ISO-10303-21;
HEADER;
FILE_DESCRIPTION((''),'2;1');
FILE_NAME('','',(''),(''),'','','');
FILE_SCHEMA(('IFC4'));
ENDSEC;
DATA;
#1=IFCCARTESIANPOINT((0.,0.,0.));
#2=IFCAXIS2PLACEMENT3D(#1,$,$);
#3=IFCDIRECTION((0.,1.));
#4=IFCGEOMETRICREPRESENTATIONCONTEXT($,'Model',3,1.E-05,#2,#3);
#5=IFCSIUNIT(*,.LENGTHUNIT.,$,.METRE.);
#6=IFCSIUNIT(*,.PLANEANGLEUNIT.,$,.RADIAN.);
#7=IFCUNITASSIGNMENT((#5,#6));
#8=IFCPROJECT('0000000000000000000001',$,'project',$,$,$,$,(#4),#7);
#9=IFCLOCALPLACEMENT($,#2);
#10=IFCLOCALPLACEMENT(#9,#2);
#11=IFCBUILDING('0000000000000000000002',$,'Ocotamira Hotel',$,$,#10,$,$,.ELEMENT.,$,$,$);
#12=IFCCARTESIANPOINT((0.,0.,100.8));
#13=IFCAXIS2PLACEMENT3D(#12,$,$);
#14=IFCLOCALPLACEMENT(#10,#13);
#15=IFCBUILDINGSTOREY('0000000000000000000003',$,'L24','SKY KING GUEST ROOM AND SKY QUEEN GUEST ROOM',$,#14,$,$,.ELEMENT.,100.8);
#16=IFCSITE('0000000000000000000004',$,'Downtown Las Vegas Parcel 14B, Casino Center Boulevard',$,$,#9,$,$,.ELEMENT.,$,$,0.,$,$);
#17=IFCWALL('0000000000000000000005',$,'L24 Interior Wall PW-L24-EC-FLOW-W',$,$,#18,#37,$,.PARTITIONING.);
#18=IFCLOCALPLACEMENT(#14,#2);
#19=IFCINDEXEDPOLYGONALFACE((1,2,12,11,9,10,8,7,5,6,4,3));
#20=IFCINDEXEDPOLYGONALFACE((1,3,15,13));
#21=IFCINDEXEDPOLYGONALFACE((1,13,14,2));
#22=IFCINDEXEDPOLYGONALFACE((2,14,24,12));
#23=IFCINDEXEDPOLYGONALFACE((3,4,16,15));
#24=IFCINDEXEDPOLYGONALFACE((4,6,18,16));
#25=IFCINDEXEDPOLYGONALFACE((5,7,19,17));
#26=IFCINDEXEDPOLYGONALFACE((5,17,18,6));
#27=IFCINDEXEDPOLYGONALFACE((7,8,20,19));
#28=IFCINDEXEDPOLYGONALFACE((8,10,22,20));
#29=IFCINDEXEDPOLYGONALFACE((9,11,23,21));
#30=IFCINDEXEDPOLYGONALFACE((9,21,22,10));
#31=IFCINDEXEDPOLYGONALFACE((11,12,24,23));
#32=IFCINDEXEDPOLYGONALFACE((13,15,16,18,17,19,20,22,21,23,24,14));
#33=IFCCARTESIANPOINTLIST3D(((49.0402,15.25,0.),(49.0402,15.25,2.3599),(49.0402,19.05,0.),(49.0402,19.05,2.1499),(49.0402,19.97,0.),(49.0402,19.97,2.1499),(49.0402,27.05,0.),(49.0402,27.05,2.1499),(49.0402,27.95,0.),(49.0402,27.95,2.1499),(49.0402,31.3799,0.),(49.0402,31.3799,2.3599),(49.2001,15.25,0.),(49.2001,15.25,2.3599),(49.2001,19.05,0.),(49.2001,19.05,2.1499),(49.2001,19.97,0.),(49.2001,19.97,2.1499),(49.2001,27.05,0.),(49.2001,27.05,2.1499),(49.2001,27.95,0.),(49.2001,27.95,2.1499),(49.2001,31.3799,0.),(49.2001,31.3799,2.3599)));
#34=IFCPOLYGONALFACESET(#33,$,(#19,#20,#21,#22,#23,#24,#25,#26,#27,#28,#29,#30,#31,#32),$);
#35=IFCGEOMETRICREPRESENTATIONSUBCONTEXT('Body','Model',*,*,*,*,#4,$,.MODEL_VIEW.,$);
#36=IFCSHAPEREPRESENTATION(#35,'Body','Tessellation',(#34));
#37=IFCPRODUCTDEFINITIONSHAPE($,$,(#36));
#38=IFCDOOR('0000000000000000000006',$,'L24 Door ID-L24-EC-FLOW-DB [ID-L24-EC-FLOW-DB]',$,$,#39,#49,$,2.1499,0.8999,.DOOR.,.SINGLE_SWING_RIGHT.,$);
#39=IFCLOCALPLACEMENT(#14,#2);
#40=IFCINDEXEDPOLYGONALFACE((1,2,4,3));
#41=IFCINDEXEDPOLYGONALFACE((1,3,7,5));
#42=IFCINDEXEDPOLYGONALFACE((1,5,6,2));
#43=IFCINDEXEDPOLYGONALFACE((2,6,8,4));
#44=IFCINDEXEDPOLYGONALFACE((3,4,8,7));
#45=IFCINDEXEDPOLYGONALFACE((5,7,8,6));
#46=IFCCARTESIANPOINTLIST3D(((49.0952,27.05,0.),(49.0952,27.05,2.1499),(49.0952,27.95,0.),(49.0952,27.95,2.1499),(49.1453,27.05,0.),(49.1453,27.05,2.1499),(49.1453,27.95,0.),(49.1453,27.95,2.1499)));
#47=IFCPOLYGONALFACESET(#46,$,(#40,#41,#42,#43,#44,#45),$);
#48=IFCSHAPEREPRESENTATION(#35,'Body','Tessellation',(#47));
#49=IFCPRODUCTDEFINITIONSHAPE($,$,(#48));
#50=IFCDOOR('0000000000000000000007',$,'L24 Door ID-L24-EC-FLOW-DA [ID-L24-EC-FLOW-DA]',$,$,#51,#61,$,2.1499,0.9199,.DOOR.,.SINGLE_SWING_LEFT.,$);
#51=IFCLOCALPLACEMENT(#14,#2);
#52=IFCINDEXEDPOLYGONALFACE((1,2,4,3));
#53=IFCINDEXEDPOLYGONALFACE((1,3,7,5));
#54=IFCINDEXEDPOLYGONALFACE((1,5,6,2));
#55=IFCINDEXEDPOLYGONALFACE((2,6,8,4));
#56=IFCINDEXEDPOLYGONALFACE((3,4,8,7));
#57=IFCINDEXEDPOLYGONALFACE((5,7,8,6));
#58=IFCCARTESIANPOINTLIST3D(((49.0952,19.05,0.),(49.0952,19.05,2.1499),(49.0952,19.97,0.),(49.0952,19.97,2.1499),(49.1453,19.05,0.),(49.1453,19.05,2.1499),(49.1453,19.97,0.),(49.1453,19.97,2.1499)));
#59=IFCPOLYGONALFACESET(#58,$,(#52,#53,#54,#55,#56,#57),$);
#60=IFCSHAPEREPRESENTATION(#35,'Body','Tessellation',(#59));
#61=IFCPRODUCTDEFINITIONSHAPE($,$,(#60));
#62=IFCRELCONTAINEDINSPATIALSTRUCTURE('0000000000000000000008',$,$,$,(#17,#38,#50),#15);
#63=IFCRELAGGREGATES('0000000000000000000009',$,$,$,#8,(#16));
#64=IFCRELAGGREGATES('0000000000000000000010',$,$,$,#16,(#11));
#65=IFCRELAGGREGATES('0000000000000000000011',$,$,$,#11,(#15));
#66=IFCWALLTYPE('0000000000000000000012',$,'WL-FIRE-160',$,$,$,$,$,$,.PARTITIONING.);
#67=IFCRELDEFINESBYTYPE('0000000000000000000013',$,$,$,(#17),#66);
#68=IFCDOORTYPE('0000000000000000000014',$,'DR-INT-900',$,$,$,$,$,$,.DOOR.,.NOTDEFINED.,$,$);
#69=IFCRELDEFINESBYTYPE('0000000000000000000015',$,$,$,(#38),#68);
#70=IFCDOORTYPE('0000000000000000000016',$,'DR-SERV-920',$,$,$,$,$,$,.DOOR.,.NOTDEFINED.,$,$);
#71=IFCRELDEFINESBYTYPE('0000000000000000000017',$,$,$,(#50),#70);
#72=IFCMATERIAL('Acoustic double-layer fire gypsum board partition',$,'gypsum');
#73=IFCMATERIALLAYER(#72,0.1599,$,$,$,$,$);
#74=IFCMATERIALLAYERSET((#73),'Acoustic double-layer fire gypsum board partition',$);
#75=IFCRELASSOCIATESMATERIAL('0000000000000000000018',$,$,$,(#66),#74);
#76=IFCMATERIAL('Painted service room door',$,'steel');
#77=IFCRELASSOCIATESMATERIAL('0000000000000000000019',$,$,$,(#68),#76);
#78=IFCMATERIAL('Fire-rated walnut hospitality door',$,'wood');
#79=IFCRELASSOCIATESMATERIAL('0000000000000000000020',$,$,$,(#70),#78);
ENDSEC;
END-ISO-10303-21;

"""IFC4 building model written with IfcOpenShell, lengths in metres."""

from ifc_helpers import new_model, si_unit, direction, frame, frame_2d, origin, place, context, subcontext, project, spatial, rectangle, extrude, source, transform, mapped, material, layer, layer_set, type_object, element, fill, save


model = new_model("IFC4")

# Units and contexts
model_context = context("Model", 3, precision=1e-05, world=origin(), true_north=direction((0.0, 1.0)))
body_context = subcontext(model_context, "Body", "Model", "MODEL_VIEW")
ifc_project = project(units=[si_unit("LENGTHUNIT", "METRE"), si_unit("PLANEANGLEUNIT", "RADIAN")], contexts=[model_context])

# Site, building, storey
site_placement = place(None, origin())
site = spatial("IfcSite", under=ifc_project, at=site_placement, Name="Downtown Las Vegas Parcel 14B, Casino Center Boulevard", CompositionType="ELEMENT", RefElevation=0.0)
building_placement = place(site_placement, origin())
building = spatial("IfcBuilding", under=site, at=building_placement, Name="Ocotamira Hotel", CompositionType="ELEMENT")
storey_placement = place(building_placement, frame((0.0, 0.0, 100.8)))
storey = spatial("IfcBuildingStorey", under=building, at=storey_placement, Name="L24", Description="SKY KING GUEST ROOM AND SKY QUEEN GUEST ROOM", CompositionType="ELEMENT", Elevation=100.8)

# Wall, openings, doors
ifc_material_1 = material(Name="Acoustic double-layer fire gypsum board partition", Category="gypsum")
ifc_layer_1 = layer(ifc_material_1, 0.1599)
ifc_layer_set_1 = layer_set([ifc_layer_1], Name="Acoustic double-layer fire gypsum board partition")
wall_type_1 = type_object("IfcWallType", Name="WL-FIRE-160", PredefinedType="PARTITIONING", material=ifc_layer_set_1)
wall_1_placement = place(storey_placement, frame((49.1201, 15.25, 0.0), z_axis=(0.0, 0.0, 1.0), x_axis=(0.0, 1.0, 0.0)))
wall_1 = element("IfcWall", 1, at=wall_1_placement, inside=storey, type_object=wall_type_1, Name="L24 Interior Wall PW-L24-EC-FLOW-W", PredefinedType="PARTITIONING", context=body_context, shape_type="SweptSolid", body=[
    extrude(rectangle(XDim=16.1299, YDim=0.1599, at=frame_2d((8.0649, 0.0))), origin(), (0.0, 0.0, 1.0), 2.3599),
])
opening_1_placement = place(wall_1_placement, frame((3.8, 0.0, 0.0)))
opening_1 = element("IfcOpeningElement", 2, at=opening_1_placement, cuts=wall_1, PredefinedType="OPENING", context=body_context, shape_type="SweptSolid", body=[
    extrude(rectangle(XDim=0.9199, YDim=2.1499, at=frame_2d((0.46, 1.075))), frame((0.0, 0.0898, 0.0), z_axis=(0.0, -1.0, 0.0), x_axis=(1.0, 0.0, 0.0)), (0.0, 0.0, 1.0), 0.1799),
])
opening_2_placement = place(wall_1_placement, frame((11.8, 0.0, 0.0)))
opening_2 = element("IfcOpeningElement", 3, at=opening_2_placement, cuts=wall_1, PredefinedType="OPENING", context=body_context, shape_type="SweptSolid", body=[
    extrude(rectangle(XDim=0.8999, YDim=2.1499, at=frame_2d((0.45, 1.075))), frame((0.0, 0.0898, 0.0), z_axis=(0.0, -1.0, 0.0), x_axis=(1.0, 0.0, 0.0)), (0.0, 0.0, 1.0), 0.1799),
])
ifc_material_2 = material(Name="Painted service room door", Category="steel")
door_type_1 = type_object("IfcDoorType", Name="DR-INT-900", OperationType="NOTDEFINED", PredefinedType="DOOR", material=ifc_material_2)
shared_shape_1 = source(origin(), body_context, "Body", "SweptSolid", [
    extrude(rectangle(XDim=0.8999, YDim=2.1499, at=frame_2d((0.45, 1.075))), frame((0.0, 0.0249, 0.0), z_axis=(0.0, -1.0, 0.0), x_axis=(1.0, 0.0, 0.0)), (0.0, 0.0, 1.0), 0.05),
])
door_1_placement = place(opening_2_placement, origin())
door_1 = element("IfcDoor", 4, at=door_1_placement, inside=storey, type_object=door_type_1, Name="L24 Door ID-L24-EC-FLOW-DB [ID-L24-EC-FLOW-DB]", OperationType="SINGLE_SWING_RIGHT", OverallHeight=2.1499, OverallWidth=0.8999, PredefinedType="DOOR", context=body_context, shape_type="MappedRepresentation", body=[
    mapped(shared_shape_1, transform((0.0, 0.0, 0.0), scale=1.0)),
])
fill(opening_2, door_1)
ifc_material_3 = material(Name="Fire-rated walnut hospitality door", Category="wood")
door_type_2 = type_object("IfcDoorType", Name="DR-SERV-920", OperationType="NOTDEFINED", PredefinedType="DOOR", material=ifc_material_3)
shared_shape_2 = source(origin(), body_context, "Body", "SweptSolid", [
    extrude(rectangle(XDim=0.9199, YDim=2.1499, at=frame_2d((0.46, 1.075))), frame((0.0, 0.0249, 0.0), z_axis=(0.0, -1.0, 0.0), x_axis=(1.0, 0.0, 0.0)), (0.0, 0.0, 1.0), 0.05),
])
door_2_placement = place(opening_1_placement, origin())
door_2 = element("IfcDoor", 5, at=door_2_placement, inside=storey, type_object=door_type_2, Name="L24 Door ID-L24-EC-FLOW-DA [ID-L24-EC-FLOW-DA]", OperationType="SINGLE_SWING_LEFT", OverallHeight=2.1499, OverallWidth=0.9199, PredefinedType="DOOR", context=body_context, shape_type="MappedRepresentation", body=[
    mapped(shared_shape_2, transform((0.0, 0.0, 0.0), scale=1.0)),
])
fill(opening_1, door_2)

save(model, "model.ifc")
